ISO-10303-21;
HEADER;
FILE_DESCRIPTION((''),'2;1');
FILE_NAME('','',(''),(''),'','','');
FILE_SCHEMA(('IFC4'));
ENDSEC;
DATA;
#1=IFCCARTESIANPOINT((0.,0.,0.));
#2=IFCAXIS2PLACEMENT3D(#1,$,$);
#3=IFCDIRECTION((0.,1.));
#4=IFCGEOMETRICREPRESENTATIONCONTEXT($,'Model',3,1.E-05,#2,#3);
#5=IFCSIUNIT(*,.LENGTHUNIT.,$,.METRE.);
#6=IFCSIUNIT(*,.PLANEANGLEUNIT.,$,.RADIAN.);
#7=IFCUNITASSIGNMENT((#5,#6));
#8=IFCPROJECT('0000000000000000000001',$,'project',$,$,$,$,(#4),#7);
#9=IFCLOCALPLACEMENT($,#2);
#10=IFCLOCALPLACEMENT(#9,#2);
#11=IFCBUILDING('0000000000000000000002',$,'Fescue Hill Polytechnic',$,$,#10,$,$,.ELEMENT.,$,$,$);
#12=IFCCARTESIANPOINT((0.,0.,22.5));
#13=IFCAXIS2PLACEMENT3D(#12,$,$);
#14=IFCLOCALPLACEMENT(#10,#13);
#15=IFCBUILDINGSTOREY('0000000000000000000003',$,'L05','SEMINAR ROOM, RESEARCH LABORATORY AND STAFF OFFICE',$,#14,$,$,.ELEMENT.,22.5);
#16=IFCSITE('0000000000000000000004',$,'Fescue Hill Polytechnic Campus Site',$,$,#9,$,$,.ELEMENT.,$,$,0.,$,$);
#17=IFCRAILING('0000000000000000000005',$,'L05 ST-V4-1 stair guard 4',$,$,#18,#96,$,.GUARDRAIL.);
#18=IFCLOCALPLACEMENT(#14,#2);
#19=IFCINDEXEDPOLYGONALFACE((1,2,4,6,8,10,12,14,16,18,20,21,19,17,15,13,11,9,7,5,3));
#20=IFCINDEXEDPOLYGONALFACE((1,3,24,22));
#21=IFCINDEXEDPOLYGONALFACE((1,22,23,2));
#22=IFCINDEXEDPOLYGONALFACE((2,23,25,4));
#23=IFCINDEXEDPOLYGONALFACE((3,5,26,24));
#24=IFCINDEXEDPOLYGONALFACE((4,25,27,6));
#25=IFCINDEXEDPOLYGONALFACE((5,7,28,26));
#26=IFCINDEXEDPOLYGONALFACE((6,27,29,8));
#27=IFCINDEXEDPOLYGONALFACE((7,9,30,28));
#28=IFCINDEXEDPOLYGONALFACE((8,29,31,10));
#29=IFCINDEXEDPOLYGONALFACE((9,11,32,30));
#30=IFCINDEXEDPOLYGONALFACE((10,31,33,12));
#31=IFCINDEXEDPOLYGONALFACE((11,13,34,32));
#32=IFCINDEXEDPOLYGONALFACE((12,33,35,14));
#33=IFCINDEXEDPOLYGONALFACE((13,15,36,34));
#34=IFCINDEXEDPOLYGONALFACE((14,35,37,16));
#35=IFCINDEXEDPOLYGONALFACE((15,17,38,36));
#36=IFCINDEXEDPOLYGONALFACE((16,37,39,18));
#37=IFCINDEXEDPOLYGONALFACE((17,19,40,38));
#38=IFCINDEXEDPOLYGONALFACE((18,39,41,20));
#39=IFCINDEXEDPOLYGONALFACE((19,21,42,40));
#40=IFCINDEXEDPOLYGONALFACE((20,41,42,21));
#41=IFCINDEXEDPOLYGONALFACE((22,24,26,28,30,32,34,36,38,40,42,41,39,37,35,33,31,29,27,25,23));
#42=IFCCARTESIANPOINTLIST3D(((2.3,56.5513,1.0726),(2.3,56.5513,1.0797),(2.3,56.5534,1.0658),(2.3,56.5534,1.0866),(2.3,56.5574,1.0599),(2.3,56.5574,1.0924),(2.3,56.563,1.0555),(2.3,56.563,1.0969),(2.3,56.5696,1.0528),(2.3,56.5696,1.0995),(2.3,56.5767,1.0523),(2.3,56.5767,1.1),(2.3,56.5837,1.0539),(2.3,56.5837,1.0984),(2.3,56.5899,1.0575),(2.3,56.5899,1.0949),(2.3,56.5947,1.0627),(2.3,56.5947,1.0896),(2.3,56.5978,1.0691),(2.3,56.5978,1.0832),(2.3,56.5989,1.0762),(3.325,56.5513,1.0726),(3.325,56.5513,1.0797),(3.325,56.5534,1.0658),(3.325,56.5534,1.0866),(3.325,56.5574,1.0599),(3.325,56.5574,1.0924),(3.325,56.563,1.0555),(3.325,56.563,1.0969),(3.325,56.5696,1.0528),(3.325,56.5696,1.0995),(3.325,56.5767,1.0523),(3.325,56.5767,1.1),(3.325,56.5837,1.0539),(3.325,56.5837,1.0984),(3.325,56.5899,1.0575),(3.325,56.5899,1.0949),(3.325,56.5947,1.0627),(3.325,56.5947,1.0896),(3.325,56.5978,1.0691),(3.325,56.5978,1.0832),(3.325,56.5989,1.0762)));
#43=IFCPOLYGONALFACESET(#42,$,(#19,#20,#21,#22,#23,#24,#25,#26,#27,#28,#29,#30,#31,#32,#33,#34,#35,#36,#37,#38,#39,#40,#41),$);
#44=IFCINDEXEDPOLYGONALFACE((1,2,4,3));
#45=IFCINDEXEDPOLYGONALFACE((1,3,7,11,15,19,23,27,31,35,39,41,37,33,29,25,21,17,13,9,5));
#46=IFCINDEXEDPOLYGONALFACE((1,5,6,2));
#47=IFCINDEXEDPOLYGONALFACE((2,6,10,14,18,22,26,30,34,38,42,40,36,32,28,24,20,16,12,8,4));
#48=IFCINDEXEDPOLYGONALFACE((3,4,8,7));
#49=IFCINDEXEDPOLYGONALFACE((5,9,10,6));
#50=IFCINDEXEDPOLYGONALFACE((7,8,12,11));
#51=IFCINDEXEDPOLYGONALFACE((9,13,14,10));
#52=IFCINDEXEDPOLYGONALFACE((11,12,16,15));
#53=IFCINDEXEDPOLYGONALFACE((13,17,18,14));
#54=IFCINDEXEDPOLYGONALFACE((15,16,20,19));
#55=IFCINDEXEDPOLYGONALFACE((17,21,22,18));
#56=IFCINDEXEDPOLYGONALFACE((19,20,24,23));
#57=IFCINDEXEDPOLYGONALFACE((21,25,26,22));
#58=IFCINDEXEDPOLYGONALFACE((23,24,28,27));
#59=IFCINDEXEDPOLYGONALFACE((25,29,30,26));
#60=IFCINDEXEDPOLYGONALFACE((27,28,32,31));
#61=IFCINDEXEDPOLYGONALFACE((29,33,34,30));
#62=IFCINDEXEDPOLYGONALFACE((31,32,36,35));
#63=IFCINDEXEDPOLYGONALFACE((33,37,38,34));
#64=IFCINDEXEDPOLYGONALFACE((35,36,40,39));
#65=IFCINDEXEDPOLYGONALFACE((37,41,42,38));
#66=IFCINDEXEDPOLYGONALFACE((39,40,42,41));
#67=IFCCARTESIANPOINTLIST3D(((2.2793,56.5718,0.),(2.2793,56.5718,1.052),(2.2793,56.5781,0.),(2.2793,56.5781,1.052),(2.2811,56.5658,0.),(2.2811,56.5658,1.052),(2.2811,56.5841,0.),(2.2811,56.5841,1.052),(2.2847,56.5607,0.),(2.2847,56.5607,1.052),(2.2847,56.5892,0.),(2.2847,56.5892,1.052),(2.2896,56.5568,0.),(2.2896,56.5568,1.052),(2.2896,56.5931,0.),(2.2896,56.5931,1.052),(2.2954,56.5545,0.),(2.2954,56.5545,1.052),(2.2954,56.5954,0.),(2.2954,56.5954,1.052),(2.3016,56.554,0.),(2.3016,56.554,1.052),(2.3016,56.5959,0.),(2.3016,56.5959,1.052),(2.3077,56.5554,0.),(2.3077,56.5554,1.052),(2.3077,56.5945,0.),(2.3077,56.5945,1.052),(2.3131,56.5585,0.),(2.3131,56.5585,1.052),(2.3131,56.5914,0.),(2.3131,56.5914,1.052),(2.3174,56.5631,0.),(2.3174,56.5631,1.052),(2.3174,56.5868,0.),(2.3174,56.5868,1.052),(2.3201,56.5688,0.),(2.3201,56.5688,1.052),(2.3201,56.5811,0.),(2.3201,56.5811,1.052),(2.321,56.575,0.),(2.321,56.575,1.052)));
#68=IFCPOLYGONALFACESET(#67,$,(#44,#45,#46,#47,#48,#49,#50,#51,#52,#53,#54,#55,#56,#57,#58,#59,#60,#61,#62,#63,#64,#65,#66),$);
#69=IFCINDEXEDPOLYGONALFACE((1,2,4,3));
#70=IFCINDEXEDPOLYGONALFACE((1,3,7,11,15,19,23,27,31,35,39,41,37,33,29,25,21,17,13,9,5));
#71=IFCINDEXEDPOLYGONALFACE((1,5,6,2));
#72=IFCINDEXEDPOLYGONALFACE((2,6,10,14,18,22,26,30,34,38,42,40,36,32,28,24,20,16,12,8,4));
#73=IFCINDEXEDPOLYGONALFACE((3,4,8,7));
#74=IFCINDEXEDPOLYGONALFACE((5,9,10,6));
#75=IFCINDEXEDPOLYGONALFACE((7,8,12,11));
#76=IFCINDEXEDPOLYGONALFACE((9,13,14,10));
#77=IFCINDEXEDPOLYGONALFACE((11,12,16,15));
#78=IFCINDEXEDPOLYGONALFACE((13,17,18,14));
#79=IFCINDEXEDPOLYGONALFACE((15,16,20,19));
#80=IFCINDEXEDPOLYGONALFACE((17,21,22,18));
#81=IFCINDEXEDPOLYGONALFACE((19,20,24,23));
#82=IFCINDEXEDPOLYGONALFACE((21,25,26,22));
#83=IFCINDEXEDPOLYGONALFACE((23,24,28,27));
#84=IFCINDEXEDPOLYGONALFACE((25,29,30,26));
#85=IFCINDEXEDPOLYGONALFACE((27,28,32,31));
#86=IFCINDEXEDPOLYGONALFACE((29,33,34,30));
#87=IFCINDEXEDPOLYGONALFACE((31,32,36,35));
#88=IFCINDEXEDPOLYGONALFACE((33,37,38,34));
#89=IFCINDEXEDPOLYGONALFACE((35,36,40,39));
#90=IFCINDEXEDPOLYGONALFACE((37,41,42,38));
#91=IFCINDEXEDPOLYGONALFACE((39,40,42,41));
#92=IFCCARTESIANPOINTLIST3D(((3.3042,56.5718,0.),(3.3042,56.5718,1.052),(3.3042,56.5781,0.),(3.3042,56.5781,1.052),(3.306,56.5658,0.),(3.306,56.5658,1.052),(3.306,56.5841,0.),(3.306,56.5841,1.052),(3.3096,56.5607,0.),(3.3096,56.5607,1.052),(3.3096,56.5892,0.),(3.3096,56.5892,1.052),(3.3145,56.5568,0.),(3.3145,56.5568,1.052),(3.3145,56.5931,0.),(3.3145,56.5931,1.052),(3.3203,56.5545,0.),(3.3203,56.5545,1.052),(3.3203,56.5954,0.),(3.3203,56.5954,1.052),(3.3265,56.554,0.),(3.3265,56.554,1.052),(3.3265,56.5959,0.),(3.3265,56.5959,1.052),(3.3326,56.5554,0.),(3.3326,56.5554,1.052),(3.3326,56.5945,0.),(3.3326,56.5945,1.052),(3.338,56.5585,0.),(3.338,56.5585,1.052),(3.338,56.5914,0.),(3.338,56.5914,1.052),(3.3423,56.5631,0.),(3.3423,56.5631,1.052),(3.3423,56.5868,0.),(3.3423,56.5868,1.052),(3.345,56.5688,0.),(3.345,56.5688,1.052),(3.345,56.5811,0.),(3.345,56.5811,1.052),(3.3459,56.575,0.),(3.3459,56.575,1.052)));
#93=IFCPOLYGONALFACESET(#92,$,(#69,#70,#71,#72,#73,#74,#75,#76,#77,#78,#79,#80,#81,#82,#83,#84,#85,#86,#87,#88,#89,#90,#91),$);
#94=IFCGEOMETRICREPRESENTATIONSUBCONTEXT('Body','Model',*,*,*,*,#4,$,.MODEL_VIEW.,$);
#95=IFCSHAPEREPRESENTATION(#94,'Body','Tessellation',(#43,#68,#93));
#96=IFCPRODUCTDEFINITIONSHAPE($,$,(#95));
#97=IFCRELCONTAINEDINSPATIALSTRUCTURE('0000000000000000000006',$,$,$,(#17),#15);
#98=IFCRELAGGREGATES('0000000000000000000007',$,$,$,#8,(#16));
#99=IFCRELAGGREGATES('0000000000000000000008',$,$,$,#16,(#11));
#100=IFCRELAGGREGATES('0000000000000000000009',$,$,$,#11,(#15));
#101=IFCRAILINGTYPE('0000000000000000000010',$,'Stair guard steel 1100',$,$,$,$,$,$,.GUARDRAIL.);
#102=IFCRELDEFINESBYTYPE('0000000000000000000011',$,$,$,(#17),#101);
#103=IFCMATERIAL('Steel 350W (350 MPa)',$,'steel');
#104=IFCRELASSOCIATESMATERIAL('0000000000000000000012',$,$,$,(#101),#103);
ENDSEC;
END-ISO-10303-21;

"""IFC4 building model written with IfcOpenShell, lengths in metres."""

from ifc_helpers import new_model, si_unit, direction, frame, origin, origin_2d, place, context, subcontext, project, spatial, circle, extrude, material, type_object, element, save


model = new_model("IFC4")

# Units and contexts
model_context = context("Model", 3, precision=1e-05, world=origin(), true_north=direction((0.0, 1.0)))
body_context = subcontext(model_context, "Body", "Model", "MODEL_VIEW")
ifc_project = project(units=[si_unit("LENGTHUNIT", "METRE"), si_unit("PLANEANGLEUNIT", "RADIAN")], contexts=[model_context])

# Site, building, storey
site_placement = place(None, origin())
site = spatial("IfcSite", under=ifc_project, at=site_placement, Name="Fescue Hill Polytechnic Campus Site", CompositionType="ELEMENT", RefElevation=0.0)
building_placement = place(site_placement, origin())
building = spatial("IfcBuilding", under=site, at=building_placement, Name="Fescue Hill Polytechnic", CompositionType="ELEMENT")
storey_placement = place(building_placement, frame((0.0, 0.0, 22.5)))
storey = spatial("IfcBuildingStorey", under=building, at=storey_placement, Name="L05", Description="SEMINAR ROOM, RESEARCH LABORATORY AND STAFF OFFICE", CompositionType="ELEMENT", Elevation=22.5)

# Railing
ifc_material_1 = material(Name="Steel 350W (350 MPa)", Category="steel")
railing_type_1 = type_object("IfcRailingType", Name="Stair guard steel 1100", PredefinedType="GUARDRAIL", material=ifc_material_1)
railing_1_placement = place(storey_placement, frame((2.3, 56.575, 0.0)))
element("IfcRailing", 1, at=railing_1_placement, inside=storey, type_object=railing_type_1, Name="L05 ST-V4-1 stair guard 4", PredefinedType="GUARDRAIL", context=body_context, shape_type="SweptSolid", body=[
    extrude(circle(Radius=0.0239, at=origin_2d()), frame((0.0, 0.0, 1.0762), z_axis=(1.0, 0.0, 0.0), x_axis=(0.0, 1.0, 0.0)), (0.0, 0.0, 1.0), 1.0249),
    extrude(circle(Radius=0.021, at=origin_2d()), origin(), (0.0, 0.0, 1.0), 1.052),
    extrude(circle(Radius=0.021, at=origin_2d()), frame((1.0249, 0.0, 0.0)), (0.0, 0.0, 1.0), 1.052),
])

save(model, "model.ifc")
